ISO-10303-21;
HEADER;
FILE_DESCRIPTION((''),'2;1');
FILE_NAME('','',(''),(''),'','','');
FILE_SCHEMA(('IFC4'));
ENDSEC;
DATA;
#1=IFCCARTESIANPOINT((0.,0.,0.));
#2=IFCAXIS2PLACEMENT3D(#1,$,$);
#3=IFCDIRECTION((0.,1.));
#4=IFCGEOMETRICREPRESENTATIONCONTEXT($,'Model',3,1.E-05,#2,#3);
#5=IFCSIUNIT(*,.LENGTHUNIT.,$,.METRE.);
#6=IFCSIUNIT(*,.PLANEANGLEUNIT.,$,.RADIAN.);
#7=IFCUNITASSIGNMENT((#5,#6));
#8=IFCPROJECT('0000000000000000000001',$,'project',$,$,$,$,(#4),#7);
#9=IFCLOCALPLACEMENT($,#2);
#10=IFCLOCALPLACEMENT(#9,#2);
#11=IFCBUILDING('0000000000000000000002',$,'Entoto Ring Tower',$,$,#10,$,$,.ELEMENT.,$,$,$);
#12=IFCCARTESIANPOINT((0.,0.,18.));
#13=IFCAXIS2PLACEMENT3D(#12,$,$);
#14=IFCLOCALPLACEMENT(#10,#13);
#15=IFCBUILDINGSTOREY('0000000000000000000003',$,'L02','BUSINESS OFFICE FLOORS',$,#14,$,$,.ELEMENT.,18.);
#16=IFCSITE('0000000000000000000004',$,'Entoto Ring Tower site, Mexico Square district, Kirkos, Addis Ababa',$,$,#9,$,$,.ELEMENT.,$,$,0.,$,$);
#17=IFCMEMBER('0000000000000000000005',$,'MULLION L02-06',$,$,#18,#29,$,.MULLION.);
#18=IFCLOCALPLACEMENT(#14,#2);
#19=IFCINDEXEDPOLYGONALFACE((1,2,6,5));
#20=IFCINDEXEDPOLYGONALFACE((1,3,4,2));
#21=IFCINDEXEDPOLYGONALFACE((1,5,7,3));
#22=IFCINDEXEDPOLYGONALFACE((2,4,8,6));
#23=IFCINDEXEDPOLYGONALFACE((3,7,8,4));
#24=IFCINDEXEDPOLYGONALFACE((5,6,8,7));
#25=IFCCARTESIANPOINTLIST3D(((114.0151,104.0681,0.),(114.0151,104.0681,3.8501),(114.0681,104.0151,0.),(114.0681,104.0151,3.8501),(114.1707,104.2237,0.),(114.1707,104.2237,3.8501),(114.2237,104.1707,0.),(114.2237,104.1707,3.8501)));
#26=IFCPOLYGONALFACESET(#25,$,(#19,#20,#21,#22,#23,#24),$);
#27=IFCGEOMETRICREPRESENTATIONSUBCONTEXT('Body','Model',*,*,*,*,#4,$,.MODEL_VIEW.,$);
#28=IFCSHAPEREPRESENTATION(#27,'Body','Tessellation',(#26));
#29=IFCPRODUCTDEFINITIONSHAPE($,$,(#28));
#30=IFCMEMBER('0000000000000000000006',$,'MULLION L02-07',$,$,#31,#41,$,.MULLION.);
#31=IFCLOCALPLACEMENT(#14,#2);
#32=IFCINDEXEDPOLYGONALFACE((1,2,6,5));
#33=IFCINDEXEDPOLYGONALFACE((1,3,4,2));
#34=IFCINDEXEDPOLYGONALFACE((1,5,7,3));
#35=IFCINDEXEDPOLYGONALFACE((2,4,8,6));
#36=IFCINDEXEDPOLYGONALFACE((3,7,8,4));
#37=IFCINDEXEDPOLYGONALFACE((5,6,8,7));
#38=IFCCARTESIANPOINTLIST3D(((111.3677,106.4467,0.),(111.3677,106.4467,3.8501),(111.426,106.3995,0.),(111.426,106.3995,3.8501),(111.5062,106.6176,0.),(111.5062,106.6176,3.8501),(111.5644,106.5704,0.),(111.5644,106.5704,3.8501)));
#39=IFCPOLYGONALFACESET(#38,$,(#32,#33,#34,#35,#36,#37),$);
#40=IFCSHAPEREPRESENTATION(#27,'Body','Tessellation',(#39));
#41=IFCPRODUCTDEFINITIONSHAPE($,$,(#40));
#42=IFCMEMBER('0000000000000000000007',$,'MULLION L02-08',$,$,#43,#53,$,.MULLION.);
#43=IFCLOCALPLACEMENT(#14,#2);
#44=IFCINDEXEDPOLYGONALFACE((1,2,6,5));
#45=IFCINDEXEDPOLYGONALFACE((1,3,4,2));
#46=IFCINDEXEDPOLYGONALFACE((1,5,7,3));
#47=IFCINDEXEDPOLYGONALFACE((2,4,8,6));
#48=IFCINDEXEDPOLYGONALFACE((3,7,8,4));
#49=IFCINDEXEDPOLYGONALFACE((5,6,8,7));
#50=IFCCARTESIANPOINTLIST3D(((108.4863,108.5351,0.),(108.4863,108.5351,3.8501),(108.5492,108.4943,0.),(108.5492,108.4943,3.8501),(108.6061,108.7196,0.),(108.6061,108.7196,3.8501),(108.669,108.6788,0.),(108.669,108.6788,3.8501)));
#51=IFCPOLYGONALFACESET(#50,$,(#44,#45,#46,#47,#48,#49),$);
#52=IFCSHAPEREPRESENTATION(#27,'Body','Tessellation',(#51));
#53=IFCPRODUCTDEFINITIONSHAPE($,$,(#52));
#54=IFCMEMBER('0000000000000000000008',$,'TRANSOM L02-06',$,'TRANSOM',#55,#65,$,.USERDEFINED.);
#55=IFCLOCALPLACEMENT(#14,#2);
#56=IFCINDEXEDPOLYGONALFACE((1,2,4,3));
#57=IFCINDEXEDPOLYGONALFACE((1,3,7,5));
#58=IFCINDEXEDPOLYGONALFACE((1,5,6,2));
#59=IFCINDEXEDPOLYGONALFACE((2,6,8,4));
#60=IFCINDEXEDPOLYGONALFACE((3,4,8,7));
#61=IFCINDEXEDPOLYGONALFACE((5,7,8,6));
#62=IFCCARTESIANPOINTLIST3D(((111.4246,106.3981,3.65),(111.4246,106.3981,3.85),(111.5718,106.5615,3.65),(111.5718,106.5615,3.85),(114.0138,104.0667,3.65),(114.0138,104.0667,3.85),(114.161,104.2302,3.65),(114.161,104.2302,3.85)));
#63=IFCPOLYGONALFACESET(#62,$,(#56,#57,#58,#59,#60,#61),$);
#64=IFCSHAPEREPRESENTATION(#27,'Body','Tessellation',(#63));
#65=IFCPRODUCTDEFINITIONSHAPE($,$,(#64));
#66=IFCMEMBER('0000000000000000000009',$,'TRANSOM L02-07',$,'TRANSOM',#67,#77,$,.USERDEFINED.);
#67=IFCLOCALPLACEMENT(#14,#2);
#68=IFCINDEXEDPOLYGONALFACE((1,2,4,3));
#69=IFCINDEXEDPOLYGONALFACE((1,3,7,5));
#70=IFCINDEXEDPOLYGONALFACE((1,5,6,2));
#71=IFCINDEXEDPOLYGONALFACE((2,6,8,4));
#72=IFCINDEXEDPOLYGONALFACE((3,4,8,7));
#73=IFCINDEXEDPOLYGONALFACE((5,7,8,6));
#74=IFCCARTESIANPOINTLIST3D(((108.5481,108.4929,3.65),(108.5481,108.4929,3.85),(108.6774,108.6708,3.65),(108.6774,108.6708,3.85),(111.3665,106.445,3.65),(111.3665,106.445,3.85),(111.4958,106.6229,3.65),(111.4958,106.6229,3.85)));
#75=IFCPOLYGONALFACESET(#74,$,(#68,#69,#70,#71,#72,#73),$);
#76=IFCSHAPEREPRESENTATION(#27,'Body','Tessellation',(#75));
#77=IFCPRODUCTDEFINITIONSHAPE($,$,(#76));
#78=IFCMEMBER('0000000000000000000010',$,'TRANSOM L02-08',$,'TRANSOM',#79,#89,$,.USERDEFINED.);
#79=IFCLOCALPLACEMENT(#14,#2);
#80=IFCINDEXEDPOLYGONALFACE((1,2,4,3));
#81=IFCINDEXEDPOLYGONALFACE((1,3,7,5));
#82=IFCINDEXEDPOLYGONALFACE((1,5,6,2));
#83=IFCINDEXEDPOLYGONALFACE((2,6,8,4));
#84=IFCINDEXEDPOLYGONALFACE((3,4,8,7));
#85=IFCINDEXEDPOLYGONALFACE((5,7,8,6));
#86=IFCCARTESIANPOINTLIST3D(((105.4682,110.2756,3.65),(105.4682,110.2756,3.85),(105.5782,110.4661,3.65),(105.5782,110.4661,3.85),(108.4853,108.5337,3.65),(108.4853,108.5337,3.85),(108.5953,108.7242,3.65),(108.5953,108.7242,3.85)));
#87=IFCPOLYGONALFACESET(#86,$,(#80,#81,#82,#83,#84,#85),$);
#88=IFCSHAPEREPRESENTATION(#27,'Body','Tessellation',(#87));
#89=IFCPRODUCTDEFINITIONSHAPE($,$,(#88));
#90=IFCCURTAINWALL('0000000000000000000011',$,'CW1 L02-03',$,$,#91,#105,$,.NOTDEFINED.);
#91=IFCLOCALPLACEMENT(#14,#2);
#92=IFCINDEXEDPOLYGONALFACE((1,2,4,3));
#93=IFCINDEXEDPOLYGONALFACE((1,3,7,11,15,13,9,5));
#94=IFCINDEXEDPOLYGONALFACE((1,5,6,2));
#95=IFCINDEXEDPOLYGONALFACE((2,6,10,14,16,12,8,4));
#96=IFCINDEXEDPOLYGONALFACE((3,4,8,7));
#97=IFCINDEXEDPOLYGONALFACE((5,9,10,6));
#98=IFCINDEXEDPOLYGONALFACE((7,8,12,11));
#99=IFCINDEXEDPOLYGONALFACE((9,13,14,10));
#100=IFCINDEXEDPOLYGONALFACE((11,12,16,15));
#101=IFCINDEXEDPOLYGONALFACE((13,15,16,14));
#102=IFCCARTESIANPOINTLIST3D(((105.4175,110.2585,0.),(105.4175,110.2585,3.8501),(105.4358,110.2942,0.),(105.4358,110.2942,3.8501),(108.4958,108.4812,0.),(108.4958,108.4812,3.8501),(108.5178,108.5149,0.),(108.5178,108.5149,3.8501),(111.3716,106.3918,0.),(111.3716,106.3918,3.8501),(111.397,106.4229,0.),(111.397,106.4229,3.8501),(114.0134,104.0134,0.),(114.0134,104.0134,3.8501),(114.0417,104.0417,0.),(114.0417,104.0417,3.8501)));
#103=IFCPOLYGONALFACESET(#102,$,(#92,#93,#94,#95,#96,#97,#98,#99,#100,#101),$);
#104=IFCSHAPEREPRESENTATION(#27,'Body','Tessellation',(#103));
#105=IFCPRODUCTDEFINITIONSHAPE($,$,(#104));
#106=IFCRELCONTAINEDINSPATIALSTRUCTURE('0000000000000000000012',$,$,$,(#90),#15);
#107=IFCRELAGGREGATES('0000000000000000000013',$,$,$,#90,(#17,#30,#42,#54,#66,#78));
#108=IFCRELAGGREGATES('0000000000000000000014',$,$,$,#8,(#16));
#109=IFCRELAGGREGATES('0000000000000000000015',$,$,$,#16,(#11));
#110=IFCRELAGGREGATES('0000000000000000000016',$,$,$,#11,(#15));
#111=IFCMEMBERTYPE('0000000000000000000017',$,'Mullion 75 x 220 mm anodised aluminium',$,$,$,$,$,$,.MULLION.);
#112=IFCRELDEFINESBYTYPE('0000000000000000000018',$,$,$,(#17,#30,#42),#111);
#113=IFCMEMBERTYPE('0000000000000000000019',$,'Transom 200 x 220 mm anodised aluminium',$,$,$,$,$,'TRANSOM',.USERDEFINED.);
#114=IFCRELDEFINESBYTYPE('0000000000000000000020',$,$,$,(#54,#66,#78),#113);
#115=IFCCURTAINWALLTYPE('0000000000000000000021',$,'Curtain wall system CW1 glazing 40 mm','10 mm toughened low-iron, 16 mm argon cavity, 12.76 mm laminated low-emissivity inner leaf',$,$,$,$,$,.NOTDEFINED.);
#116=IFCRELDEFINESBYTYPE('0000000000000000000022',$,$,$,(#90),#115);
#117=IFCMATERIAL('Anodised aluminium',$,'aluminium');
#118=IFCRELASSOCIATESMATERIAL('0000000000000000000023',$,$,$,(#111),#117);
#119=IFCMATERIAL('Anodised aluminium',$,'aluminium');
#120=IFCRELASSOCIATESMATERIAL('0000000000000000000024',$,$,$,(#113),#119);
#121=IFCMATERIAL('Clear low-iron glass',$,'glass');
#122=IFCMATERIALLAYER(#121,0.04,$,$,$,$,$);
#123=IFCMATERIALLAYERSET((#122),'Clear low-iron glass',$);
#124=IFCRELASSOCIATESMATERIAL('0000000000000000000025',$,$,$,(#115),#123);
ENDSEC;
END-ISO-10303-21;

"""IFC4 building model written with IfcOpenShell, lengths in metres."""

from ifc_helpers import new_model, si_unit, direction, frame, origin, origin_2d, place, context, subcontext, project, spatial, polyline, rectangle, outline, extrude, material, layer, layer_set, material_profile, profile_set, type_object, element, aggregate, save


model = new_model("IFC4")

# Units and contexts
model_context = context("Model", 3, precision=1e-05, world=origin(), true_north=direction((0.0, 1.0)))
body_context = subcontext(model_context, "Body", "Model", "MODEL_VIEW")
ifc_project = project(units=[si_unit("LENGTHUNIT", "METRE"), si_unit("PLANEANGLEUNIT", "RADIAN")], contexts=[model_context])

# Members
ifc_material_1 = material(Name="Anodised aluminium", Category="aluminium")
ifc_material_profile_1 = material_profile(ifc_material_1, rectangle(XDim=0.075, YDim=0.22, at=origin_2d()), Name="Mullion 75 x 220 mm anodised aluminium")
ifc_profile_set_1 = profile_set([ifc_material_profile_1], Name="Anodised aluminium")
member_type_1 = type_object("IfcMemberType", Name="Mullion 75 x 220 mm anodised aluminium", PredefinedType="MULLION", material=ifc_profile_set_1)
site_placement = place(None, origin())
building_placement = place(site_placement, origin())
storey_placement = place(building_placement, frame((0.0, 0.0, 18.0)))
member_1_placement = place(storey_placement, frame((114.1194, 104.1194, 0.0), z_axis=(0.0, 0.0, 1.0), x_axis=(-0.707107, 0.707107, 0.0)))
member_1 = element("IfcMember", 1, at=member_1_placement, type_object=member_type_1, Name="MULLION L02-06", PredefinedType="MULLION", context=body_context, shape_type="SweptSolid", body=[
    extrude(rectangle(XDim=0.075, YDim=0.22, at=origin_2d()), origin(), (0.0, 0.0, 1.0), 3.8501),
])
member_2_placement = place(storey_placement, frame((111.4661, 106.5085, 0.0), z_axis=(0.0, 0.0, 1.0), x_axis=(-0.777146, 0.62932, 0.0)))
member_2 = element("IfcMember", 2, at=member_2_placement, type_object=member_type_1, Name="MULLION L02-07", PredefinedType="MULLION", context=body_context, shape_type="SweptSolid", body=[
    extrude(rectangle(XDim=0.075, YDim=0.22, at=origin_2d()), origin(), (0.0, 0.0, 1.0), 3.8501),
])
member_3_placement = place(storey_placement, frame((108.5776, 108.6069, 0.0), z_axis=(0.0, 0.0, 1.0), x_axis=(-0.838671, 0.544639, 0.0)))
member_3 = element("IfcMember", 3, at=member_3_placement, type_object=member_type_1, Name="MULLION L02-08", PredefinedType="MULLION", context=body_context, shape_type="SweptSolid", body=[
    extrude(rectangle(XDim=0.075, YDim=0.22, at=origin_2d()), origin(), (0.0, 0.0, 1.0), 3.8501),
])
ifc_material_2 = material(Name="Anodised aluminium", Category="aluminium")
ifc_material_profile_2 = material_profile(ifc_material_2, rectangle(XDim=0.22, YDim=0.2, at=origin_2d()), Name="Transom 200 x 220 mm anodised aluminium")
ifc_profile_set_2 = profile_set([ifc_material_profile_2], Name="Anodised aluminium")
member_type_2 = type_object("IfcMemberType", Name="Transom 200 x 220 mm anodised aluminium", ElementType="TRANSOM", PredefinedType="USERDEFINED", material=ifc_profile_set_2)
member_4_placement = place(storey_placement, frame((114.0874, 104.1484, 3.75), z_axis=(-0.743137, 0.669139, 0.0), x_axis=(-0.669139, -0.743137, 0.0)))
member_4 = element("IfcMember", 4, at=member_4_placement, type_object=member_type_2, Name="TRANSOM L02-06", ObjectType="TRANSOM", PredefinedType="USERDEFINED", context=body_context, shape_type="SweptSolid", body=[
    extrude(rectangle(XDim=0.22, YDim=0.2, at=origin_2d()), origin(), (0.0, 0.0, 1.0), 3.4841),
])
member_5_placement = place(storey_placement, frame((111.4312, 106.5339, 3.75), z_axis=(-0.808991, 0.587822, 0.0), x_axis=(-0.587822, -0.808991, 0.0)))
member_5 = element("IfcMember", 5, at=member_5_placement, type_object=member_type_2, Name="TRANSOM L02-07", ObjectType="TRANSOM", PredefinedType="USERDEFINED", context=body_context, shape_type="SweptSolid", body=[
    extrude(rectangle(XDim=0.22, YDim=0.2, at=origin_2d()), origin(), (0.0, 0.0, 1.0), 3.4839),
])
member_6_placement = place(storey_placement, frame((108.5403, 108.6289, 3.75), z_axis=(-0.866022, 0.500006, 0.0), x_axis=(-0.500006, -0.866022, 0.0)))
member_6 = element("IfcMember", 6, at=member_6_placement, type_object=member_type_2, Name="TRANSOM L02-08", ObjectType="TRANSOM", PredefinedType="USERDEFINED", context=body_context, shape_type="SweptSolid", body=[
    extrude(rectangle(XDim=0.22, YDim=0.2, at=origin_2d()), origin(), (0.0, 0.0, 1.0), 3.4839),
])

# Site, building, storey
site = spatial("IfcSite", under=ifc_project, at=site_placement, Name="Entoto Ring Tower site, Mexico Square district, Kirkos, Addis Ababa", CompositionType="ELEMENT", RefElevation=0.0)
building = spatial("IfcBuilding", under=site, at=building_placement, Name="Entoto Ring Tower", CompositionType="ELEMENT")
storey = spatial("IfcBuildingStorey", under=building, at=storey_placement, Name="L02", Description="BUSINESS OFFICE FLOORS", CompositionType="ELEMENT", Elevation=18.0)

# Curtain wall
ifc_material_3 = material(Name="Clear low-iron glass", Category="glass")
ifc_layer = layer(ifc_material_3, 0.04)
ifc_layer_set = layer_set([ifc_layer], Name="Clear low-iron glass")
curtain_wall_type = type_object("IfcCurtainWallType", Name="Curtain wall system CW1 glazing 40 mm", Description="10 mm toughened low-iron, 16 mm argon cavity, 12.76 mm laminated low-emissivity inner leaf", PredefinedType="NOTDEFINED", material=ifc_layer_set)
curtain_wall_1_placement = place(storey_placement, origin())
curtain_wall_1 = element("IfcCurtainWall", 7, at=curtain_wall_1_placement, inside=storey, type_object=curtain_wall_type, Name="CW1 L02-03", PredefinedType="NOTDEFINED", context=body_context, shape_type="SweptSolid", body=[
    extrude(outline(polyline([(114.0417, 104.0417), (111.397, 106.4229), (108.5178, 108.5149), (105.4358, 110.2942), (105.4175, 110.2585), (108.4958, 108.4812), (111.3716, 106.3918), (114.0134, 104.0134), (114.0417, 104.0417)])), origin(), (0.0, 0.0, 1.0), 3.8501),
])
aggregate(curtain_wall_1, [member_1, member_2, member_3, member_4, member_5, member_6])

save(model, "model.ifc")
